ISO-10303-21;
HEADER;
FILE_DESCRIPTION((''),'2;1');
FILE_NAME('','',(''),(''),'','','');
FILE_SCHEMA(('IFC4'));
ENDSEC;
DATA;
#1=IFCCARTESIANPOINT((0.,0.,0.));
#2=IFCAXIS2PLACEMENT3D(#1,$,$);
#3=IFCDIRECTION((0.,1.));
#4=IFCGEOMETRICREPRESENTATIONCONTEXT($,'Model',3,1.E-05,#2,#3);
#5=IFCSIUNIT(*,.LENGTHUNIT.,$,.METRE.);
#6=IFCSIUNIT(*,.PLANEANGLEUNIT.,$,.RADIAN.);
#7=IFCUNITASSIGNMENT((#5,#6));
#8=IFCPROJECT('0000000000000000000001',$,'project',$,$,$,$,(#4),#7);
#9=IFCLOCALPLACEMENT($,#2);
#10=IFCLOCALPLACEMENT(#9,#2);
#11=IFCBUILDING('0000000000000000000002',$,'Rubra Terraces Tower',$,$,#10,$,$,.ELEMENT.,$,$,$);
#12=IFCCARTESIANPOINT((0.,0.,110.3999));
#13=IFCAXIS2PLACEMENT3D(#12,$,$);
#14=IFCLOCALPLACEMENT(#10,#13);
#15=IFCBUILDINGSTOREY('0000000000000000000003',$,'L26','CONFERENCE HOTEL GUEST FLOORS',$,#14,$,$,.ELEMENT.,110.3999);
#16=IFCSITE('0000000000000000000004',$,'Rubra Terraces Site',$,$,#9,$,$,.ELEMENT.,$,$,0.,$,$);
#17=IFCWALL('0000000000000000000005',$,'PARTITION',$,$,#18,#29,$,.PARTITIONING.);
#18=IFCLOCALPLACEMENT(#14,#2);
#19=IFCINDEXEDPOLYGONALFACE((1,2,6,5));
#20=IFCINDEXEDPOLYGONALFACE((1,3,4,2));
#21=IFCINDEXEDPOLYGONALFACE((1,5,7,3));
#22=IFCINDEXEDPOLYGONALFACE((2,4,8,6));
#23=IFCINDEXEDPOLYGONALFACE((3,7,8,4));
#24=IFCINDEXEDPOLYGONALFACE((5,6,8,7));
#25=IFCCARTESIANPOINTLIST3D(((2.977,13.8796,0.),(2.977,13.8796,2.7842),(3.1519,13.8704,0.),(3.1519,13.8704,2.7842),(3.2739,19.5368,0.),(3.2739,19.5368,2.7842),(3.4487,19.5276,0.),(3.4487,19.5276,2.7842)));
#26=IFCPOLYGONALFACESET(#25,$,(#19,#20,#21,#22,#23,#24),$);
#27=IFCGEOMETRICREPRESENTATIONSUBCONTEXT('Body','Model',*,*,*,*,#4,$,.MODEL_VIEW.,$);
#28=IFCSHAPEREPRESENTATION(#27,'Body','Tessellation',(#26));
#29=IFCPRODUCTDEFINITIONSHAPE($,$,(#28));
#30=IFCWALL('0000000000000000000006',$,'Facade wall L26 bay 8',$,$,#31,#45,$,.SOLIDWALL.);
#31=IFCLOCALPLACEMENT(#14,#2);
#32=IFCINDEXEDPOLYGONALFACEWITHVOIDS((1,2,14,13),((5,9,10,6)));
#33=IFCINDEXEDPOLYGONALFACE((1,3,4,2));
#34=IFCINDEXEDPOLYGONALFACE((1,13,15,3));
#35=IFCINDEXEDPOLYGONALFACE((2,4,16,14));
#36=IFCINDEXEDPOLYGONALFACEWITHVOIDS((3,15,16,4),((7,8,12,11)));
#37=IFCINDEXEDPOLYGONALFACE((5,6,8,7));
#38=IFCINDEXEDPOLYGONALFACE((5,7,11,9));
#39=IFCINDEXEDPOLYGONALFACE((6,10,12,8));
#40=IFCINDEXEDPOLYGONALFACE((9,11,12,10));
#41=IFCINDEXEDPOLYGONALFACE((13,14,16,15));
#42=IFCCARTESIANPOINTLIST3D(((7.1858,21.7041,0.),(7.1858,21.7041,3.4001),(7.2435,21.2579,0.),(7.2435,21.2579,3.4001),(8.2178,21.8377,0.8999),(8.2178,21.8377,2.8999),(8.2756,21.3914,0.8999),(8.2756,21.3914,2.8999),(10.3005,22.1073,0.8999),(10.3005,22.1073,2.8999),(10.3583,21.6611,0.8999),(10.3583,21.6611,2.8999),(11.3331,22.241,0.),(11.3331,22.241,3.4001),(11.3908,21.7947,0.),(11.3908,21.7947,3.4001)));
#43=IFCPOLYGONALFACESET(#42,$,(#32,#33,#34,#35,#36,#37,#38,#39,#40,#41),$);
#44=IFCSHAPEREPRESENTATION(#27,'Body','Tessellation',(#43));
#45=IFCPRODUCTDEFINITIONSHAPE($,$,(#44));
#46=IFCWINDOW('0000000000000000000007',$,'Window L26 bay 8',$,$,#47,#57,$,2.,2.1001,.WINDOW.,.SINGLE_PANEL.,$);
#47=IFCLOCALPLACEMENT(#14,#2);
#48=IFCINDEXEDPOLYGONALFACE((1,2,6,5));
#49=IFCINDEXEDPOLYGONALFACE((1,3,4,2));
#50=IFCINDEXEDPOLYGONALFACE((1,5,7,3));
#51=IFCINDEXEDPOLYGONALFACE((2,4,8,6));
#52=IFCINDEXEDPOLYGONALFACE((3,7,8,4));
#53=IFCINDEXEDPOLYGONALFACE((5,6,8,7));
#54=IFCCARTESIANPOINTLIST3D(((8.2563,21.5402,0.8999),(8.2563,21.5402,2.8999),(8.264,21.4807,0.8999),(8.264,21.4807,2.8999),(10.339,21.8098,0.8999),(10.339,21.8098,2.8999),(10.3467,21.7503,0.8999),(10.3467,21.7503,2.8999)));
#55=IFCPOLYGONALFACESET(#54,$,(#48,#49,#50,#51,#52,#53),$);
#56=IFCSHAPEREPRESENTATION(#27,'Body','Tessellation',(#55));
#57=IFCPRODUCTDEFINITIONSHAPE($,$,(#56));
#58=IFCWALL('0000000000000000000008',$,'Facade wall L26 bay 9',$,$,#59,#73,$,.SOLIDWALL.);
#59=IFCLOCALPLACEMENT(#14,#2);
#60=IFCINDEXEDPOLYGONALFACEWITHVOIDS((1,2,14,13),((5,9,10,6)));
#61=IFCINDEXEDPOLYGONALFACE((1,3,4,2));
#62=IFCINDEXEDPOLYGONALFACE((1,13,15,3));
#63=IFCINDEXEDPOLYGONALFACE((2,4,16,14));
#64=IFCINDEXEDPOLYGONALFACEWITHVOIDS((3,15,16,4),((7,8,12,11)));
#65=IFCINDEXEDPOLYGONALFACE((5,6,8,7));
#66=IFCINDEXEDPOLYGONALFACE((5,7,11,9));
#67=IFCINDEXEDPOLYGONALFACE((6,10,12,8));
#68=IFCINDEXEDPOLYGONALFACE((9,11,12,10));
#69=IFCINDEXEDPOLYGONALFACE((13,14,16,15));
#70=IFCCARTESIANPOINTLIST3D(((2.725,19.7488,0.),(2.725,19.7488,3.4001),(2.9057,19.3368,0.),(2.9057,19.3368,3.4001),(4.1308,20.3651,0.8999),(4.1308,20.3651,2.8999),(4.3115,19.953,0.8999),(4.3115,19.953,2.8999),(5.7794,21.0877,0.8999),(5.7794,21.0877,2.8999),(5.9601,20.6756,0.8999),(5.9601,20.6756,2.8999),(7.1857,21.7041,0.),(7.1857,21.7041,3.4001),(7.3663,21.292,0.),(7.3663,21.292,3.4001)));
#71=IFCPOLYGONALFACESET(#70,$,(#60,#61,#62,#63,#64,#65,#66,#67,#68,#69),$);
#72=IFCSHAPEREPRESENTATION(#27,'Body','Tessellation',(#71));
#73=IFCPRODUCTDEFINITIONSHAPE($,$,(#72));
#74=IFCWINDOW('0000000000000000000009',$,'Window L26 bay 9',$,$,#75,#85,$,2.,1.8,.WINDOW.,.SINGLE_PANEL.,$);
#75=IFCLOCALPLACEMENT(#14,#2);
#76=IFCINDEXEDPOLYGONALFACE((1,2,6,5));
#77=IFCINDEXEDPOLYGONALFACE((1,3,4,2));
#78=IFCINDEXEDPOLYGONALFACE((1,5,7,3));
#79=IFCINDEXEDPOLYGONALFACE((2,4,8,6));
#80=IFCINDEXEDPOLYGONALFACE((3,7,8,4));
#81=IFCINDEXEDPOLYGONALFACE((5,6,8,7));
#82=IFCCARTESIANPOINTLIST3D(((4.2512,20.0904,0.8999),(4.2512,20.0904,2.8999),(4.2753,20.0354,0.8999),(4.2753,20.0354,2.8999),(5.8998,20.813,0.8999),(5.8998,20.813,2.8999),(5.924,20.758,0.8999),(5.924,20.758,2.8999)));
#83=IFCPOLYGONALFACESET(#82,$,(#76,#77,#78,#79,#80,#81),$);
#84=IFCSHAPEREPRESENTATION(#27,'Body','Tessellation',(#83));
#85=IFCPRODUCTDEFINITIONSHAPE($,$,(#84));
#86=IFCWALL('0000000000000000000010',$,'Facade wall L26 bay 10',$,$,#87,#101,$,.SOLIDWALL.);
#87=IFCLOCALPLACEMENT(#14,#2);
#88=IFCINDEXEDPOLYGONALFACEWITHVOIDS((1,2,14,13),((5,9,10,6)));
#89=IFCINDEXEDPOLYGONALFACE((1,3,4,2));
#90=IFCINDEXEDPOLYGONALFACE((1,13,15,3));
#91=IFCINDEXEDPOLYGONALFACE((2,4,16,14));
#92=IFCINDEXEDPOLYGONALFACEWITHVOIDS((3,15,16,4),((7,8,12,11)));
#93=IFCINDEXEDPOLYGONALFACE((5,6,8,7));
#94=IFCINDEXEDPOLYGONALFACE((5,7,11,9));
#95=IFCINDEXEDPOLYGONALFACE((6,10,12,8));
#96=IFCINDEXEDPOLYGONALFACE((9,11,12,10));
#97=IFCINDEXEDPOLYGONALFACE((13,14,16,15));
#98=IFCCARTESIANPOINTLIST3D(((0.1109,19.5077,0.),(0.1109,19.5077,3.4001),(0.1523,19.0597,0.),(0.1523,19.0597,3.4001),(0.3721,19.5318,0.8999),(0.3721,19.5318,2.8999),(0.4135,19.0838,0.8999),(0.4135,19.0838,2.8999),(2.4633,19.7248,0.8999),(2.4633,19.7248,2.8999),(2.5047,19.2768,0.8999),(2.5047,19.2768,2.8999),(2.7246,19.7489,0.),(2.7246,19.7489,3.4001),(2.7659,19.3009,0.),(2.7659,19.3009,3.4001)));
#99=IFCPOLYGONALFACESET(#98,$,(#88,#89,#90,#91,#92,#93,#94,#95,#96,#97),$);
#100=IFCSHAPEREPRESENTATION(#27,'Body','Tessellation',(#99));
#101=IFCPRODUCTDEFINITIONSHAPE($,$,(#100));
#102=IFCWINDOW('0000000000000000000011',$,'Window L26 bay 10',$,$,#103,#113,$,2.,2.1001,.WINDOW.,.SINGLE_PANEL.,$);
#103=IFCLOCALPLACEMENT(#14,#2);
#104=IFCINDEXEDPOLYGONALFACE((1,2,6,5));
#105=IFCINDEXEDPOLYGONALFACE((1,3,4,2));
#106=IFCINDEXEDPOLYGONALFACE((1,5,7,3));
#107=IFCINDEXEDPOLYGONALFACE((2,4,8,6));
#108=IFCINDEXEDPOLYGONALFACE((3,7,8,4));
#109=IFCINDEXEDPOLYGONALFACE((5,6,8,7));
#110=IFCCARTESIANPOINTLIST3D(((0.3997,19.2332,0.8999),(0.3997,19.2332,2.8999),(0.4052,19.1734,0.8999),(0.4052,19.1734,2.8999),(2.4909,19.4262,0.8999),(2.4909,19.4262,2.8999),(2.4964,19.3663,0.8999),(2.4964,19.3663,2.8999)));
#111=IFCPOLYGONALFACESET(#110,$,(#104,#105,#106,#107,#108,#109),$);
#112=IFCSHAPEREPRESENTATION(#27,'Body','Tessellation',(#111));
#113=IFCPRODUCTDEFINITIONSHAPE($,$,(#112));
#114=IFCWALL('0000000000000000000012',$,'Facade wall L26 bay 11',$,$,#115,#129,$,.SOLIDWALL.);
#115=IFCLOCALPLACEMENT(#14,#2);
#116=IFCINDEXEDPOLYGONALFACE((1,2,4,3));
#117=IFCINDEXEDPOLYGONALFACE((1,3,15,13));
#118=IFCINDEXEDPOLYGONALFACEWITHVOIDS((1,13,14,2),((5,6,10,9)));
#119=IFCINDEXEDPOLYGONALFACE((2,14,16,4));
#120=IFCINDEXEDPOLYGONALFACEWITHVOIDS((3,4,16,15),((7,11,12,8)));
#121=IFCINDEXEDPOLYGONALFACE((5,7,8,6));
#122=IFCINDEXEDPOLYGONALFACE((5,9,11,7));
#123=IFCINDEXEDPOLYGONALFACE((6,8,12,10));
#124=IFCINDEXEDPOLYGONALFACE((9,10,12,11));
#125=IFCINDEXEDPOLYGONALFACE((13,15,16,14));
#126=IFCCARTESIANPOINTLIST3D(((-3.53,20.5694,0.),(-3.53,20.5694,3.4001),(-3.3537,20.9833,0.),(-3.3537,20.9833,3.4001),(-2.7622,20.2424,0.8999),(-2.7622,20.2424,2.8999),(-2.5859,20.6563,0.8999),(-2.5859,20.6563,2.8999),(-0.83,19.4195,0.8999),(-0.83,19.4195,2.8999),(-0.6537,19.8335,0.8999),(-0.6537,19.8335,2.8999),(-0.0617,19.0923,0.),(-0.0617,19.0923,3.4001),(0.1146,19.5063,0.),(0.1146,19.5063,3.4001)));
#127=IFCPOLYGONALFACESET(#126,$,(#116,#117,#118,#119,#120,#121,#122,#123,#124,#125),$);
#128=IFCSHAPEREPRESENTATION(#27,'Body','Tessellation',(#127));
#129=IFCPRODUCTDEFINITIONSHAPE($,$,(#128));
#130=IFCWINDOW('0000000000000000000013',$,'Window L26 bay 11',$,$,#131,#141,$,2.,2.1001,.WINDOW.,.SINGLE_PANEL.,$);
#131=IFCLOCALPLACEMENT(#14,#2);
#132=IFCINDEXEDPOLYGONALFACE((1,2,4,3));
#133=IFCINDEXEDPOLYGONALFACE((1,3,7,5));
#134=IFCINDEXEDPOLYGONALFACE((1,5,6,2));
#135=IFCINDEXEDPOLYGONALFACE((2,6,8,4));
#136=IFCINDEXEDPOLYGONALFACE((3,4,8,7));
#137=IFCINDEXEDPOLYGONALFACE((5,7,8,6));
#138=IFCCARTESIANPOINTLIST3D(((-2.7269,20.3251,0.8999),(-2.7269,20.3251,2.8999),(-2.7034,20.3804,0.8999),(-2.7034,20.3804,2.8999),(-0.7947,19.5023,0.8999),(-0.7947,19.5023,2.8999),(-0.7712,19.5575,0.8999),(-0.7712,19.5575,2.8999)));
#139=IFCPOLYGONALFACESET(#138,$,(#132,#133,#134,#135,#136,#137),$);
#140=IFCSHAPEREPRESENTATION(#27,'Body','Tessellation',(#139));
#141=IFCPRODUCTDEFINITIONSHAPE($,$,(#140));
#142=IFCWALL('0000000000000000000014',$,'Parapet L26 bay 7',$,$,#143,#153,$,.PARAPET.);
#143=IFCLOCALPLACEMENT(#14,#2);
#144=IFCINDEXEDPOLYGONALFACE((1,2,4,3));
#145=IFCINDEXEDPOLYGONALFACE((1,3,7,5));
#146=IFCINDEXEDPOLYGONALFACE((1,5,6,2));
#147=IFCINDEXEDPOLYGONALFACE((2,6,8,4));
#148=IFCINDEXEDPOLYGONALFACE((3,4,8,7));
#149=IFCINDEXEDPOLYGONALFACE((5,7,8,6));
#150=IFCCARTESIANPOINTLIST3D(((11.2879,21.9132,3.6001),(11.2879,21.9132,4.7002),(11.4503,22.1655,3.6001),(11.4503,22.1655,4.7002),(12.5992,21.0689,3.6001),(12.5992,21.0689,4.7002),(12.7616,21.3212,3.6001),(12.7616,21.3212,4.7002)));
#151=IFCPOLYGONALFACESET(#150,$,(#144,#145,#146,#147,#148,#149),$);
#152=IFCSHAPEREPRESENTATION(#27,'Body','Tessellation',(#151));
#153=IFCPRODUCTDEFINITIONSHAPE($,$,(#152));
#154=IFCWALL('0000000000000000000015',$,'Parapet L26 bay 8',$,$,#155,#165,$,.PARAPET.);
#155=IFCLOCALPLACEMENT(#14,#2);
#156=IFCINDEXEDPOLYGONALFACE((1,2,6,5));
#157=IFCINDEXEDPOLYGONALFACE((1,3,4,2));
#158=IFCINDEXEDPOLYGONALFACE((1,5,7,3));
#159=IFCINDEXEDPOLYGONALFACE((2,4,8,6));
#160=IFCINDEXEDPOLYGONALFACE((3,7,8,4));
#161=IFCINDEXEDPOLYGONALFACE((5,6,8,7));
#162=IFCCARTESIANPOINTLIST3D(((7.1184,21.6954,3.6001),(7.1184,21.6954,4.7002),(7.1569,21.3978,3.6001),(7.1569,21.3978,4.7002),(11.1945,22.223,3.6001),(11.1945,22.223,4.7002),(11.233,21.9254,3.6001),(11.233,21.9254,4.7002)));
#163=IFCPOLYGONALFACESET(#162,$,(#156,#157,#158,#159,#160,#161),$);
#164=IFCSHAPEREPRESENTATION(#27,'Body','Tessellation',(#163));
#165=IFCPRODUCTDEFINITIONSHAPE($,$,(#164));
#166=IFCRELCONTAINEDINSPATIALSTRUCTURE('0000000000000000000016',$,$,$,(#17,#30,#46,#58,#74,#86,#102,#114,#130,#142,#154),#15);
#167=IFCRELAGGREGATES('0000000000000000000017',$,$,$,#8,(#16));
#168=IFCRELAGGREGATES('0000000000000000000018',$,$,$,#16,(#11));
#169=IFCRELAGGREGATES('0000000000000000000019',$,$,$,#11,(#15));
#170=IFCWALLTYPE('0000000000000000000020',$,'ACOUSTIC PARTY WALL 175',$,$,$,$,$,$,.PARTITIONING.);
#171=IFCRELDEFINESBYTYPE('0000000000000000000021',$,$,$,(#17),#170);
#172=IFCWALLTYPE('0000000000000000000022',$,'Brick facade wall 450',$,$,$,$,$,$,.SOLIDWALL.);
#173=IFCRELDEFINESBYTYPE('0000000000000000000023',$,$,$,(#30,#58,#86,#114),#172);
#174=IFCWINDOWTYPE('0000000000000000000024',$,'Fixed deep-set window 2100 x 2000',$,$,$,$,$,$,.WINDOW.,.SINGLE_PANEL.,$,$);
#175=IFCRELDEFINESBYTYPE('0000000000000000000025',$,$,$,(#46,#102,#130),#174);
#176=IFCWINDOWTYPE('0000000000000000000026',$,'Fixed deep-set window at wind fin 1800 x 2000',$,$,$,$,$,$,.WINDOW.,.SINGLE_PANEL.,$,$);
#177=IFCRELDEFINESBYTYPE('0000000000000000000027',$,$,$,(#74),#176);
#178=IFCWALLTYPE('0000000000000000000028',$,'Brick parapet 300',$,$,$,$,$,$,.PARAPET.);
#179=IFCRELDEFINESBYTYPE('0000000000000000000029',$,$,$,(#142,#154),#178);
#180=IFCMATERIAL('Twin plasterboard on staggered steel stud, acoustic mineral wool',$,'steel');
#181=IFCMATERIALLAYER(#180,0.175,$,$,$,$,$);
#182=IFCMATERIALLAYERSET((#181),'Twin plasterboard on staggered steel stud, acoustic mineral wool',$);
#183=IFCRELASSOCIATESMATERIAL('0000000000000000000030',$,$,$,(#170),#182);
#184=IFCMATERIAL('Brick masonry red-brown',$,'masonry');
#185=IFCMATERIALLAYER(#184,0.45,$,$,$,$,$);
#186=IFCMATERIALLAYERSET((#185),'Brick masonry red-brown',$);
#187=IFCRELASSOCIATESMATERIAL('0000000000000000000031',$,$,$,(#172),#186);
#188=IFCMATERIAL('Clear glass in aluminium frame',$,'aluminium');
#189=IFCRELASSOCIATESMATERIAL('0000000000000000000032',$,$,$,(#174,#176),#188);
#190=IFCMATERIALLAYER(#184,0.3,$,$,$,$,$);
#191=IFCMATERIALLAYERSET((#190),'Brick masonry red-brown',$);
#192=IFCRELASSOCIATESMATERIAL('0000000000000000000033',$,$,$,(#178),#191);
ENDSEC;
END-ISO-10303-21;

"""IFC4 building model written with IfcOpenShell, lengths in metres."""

from ifc_helpers import new_model, si_unit, direction, frame, frame_2d, origin, place, context, subcontext, project, spatial, rectangle, extrude, material, layer, layer_set, type_object, element, fill, save


model = new_model("IFC4")

# Units and contexts
model_context = context("Model", 3, precision=1e-05, world=origin(), true_north=direction((0.0, 1.0)))
body_context = subcontext(model_context, "Body", "Model", "MODEL_VIEW")
ifc_project = project(units=[si_unit("LENGTHUNIT", "METRE"), si_unit("PLANEANGLEUNIT", "RADIAN")], contexts=[model_context])

# Site, building, storey
site_placement = place(None, origin())
site = spatial("IfcSite", under=ifc_project, at=site_placement, Name="Rubra Terraces Site", CompositionType="ELEMENT", RefElevation=0.0)
building_placement = place(site_placement, origin())
building = spatial("IfcBuilding", under=site, at=building_placement, Name="Rubra Terraces Tower", CompositionType="ELEMENT")
storey_placement = place(building_placement, frame((0.0, 0.0, 110.3999)))
storey = spatial("IfcBuildingStorey", under=building, at=storey_placement, Name="L26", Description="CONFERENCE HOTEL GUEST FLOORS", CompositionType="ELEMENT", Elevation=110.3999)

# Wall
ifc_material_1 = material(Name="Twin plasterboard on staggered steel stud, acoustic mineral wool", Category="steel")
ifc_layer_1 = layer(ifc_material_1, 0.175)
ifc_layer_set_1 = layer_set([ifc_layer_1], Name="Twin plasterboard on staggered steel stud, acoustic mineral wool")
wall_type_1 = type_object("IfcWallType", Name="ACOUSTIC PARTY WALL 175", PredefinedType="PARTITIONING", material=ifc_layer_set_1)
wall_1_placement = place(storey_placement, frame((3.3613, 19.5322, 0.0), z_axis=(0.0, 0.0, 1.0), x_axis=(-0.052405, -0.998626, 0.0)))
element("IfcWall", 1, at=wall_1_placement, inside=storey, type_object=wall_type_1, Name="PARTITION", PredefinedType="PARTITIONING", context=body_context, shape_type="SweptSolid", body=[
    extrude(rectangle(XDim=5.665, YDim=0.175, at=frame_2d((2.8325, 0.0))), origin(), (0.0, 0.0, 1.0), 2.7842),
])

# Walls, openings, windows
ifc_material_2 = material(Name="Brick masonry red-brown", Category="masonry")
ifc_layer_2 = layer(ifc_material_2, 0.45)
ifc_layer_set_2 = layer_set([ifc_layer_2], Name="Brick masonry red-brown")
wall_type_2 = type_object("IfcWallType", Name="Brick facade wall 450", PredefinedType="SOLIDWALL", material=ifc_layer_set_2)
wall_2_placement = place(storey_placement, frame((11.3618, 22.0178, 0.0), z_axis=(0.0, 0.0, 1.0), x_axis=(-0.991725, -0.128381, 0.0)))
wall_2 = element("IfcWall", 2, at=wall_2_placement, inside=storey, type_object=wall_type_2, Name="Facade wall L26 bay 8", PredefinedType="SOLIDWALL", context=body_context, shape_type="SweptSolid", body=[
    extrude(rectangle(XDim=4.1819, YDim=0.45, at=frame_2d((2.0908, 0.0))), origin(), (0.0, 0.0, 1.0), 3.4001),
])
opening_1_placement = place(wall_2_placement, frame((1.041, 0.0, 0.8999)))
opening_1 = element("IfcOpeningElement", 3, at=opening_1_placement, cuts=wall_2, PredefinedType="OPENING", context=body_context, shape_type="SweptSolid", body=[
    extrude(rectangle(XDim=2.1001, YDim=2.0, at=frame_2d((1.05, 1.0))), frame((0.0, 0.2349, 0.0), z_axis=(0.0, -1.0, 0.0), x_axis=(1.0, 0.0, 0.0)), (0.0, 0.0, 1.0), 0.47),
])
ifc_material_3 = material(Name="Clear glass in aluminium frame", Category="aluminium")
window_type_1 = type_object("IfcWindowType", Name="Fixed deep-set window 2100 x 2000", PartitioningType="SINGLE_PANEL", PredefinedType="WINDOW", material=ifc_material_3)
window_1_placement = place(opening_1_placement, origin())
window_1 = element("IfcWindow", 4, at=window_1_placement, inside=storey, type_object=window_type_1, Name="Window L26 bay 8", OverallHeight=2.0, OverallWidth=2.1001, PartitioningType="SINGLE_PANEL", PredefinedType="WINDOW", context=body_context, shape_type="SweptSolid", body=[
    extrude(rectangle(XDim=2.1001, YDim=2.0, at=frame_2d((1.05, 1.0))), frame((0.0, 0.135, 0.0), z_axis=(0.0, -1.0, 0.0), x_axis=(1.0, 0.0, 0.0)), (0.0, 0.0, 1.0), 0.0601),
])
fill(opening_1, window_1)
wall_3_placement = place(storey_placement, frame((7.2759, 21.498, 0.0), z_axis=(0.0, 0.0, 1.0), x_axis=(-0.915873, -0.401468, 0.0)))
wall_3 = element("IfcWall", 5, at=wall_3_placement, inside=storey, type_object=wall_type_2, Name="Facade wall L26 bay 9", PredefinedType="SOLIDWALL", context=body_context, shape_type="SweptSolid", body=[
    extrude(rectangle(XDim=4.8704, YDim=0.45, at=frame_2d((2.4351, 0.0))), origin(), (0.0, 0.0, 1.0), 3.4001),
])
opening_2_placement = place(wall_3_placement, frame((1.5354, 0.0, 0.8999)))
opening_2 = element("IfcOpeningElement", 6, at=opening_2_placement, cuts=wall_3, PredefinedType="OPENING", context=body_context, shape_type="SweptSolid", body=[
    extrude(rectangle(XDim=1.8, YDim=2.0, at=frame_2d((0.8999, 1.0))), frame((0.0, 0.2349, 0.0), z_axis=(0.0, -1.0, 0.0), x_axis=(1.0, 0.0, 0.0)), (0.0, 0.0, 1.0), 0.47),
])
window_type_2 = type_object("IfcWindowType", Name="Fixed deep-set window at wind fin 1800 x 2000", PartitioningType="SINGLE_PANEL", PredefinedType="WINDOW", material=ifc_material_3)
window_2_placement = place(opening_2_placement, origin())
window_2 = element("IfcWindow", 7, at=window_2_placement, inside=storey, type_object=window_type_2, Name="Window L26 bay 9", OverallHeight=2.0, OverallWidth=1.8, PartitioningType="SINGLE_PANEL", PredefinedType="WINDOW", context=body_context, shape_type="SweptSolid", body=[
    extrude(rectangle(XDim=1.8, YDim=2.0, at=frame_2d((0.8999, 1.0))), frame((0.0, 0.135, 0.0), z_axis=(0.0, -1.0, 0.0), x_axis=(1.0, 0.0, 0.0)), (0.0, 0.0, 1.0), 0.0601),
])
fill(opening_2, window_2)
wall_4_placement = place(storey_placement, frame((2.7454, 19.5249, 0.0), z_axis=(0.0, 0.0, 1.0), x_axis=(-0.995769, -0.091894, 0.0)))
wall_4 = element("IfcWall", 8, at=wall_4_placement, inside=storey, type_object=wall_type_2, Name="Facade wall L26 bay 10", PredefinedType="SOLIDWALL", context=body_context, shape_type="SweptSolid", body=[
    extrude(rectangle(XDim=2.6248, YDim=0.45, at=frame_2d((1.3125, 0.0))), origin(), (0.0, 0.0, 1.0), 3.4001),
])
opening_3_placement = place(wall_4_placement, frame((0.2625, 0.0, 0.8999)))
opening_3 = element("IfcOpeningElement", 9, at=opening_3_placement, cuts=wall_4, PredefinedType="OPENING", context=body_context, shape_type="SweptSolid", body=[
    extrude(rectangle(XDim=2.1001, YDim=2.0, at=frame_2d((1.05, 1.0))), frame((0.0, 0.2349, 0.0), z_axis=(0.0, -1.0, 0.0), x_axis=(1.0, 0.0, 0.0)), (0.0, 0.0, 1.0), 0.47),
])
window_3_placement = place(opening_3_placement, origin())
window_3 = element("IfcWindow", 10, at=window_3_placement, inside=storey, type_object=window_type_1, Name="Window L26 bay 10", OverallHeight=2.0, OverallWidth=2.1001, PartitioningType="SINGLE_PANEL", PredefinedType="WINDOW", context=body_context, shape_type="SweptSolid", body=[
    extrude(rectangle(XDim=2.1001, YDim=2.0, at=frame_2d((1.05, 1.0))), frame((0.0, 0.135, 0.0), z_axis=(0.0, -1.0, 0.0), x_axis=(1.0, 0.0, 0.0)), (0.0, 0.0, 1.0), 0.0601),
])
fill(opening_3, window_3)
wall_5_placement = place(storey_placement, frame((0.0264, 19.2993, 0.0), z_axis=(0.0, 0.0, 1.0), x_axis=(-0.92004, 0.391823, 0.0)))
wall_5 = element("IfcWall", 11, at=wall_5_placement, inside=storey, type_object=wall_type_2, Name="Facade wall L26 bay 11", PredefinedType="SOLIDWALL", context=body_context, shape_type="SweptSolid", body=[
    extrude(rectangle(XDim=3.7698, YDim=0.45, at=frame_2d((1.8848, 0.0))), origin(), (0.0, 0.0, 1.0), 3.4001),
])
opening_4_placement = place(wall_5_placement, frame((0.835, 0.0, 0.8999)))
opening_4 = element("IfcOpeningElement", 12, at=opening_4_placement, cuts=wall_5, PredefinedType="OPENING", context=body_context, shape_type="SweptSolid", body=[
    extrude(rectangle(XDim=2.1001, YDim=2.0, at=frame_2d((1.05, 1.0))), frame((0.0, 0.2349, 0.0), z_axis=(0.0, -1.0, 0.0), x_axis=(1.0, 0.0, 0.0)), (0.0, 0.0, 1.0), 0.47),
])
window_4_placement = place(opening_4_placement, origin())
window_4 = element("IfcWindow", 13, at=window_4_placement, inside=storey, type_object=window_type_1, Name="Window L26 bay 11", OverallHeight=2.0, OverallWidth=2.1001, PartitioningType="SINGLE_PANEL", PredefinedType="WINDOW", context=body_context, shape_type="SweptSolid", body=[
    extrude(rectangle(XDim=2.1001, YDim=2.0, at=frame_2d((1.05, 1.0))), frame((0.0, 0.135, 0.0), z_axis=(0.0, -1.0, 0.0), x_axis=(1.0, 0.0, 0.0)), (0.0, 0.0, 1.0), 0.0601),
])
fill(opening_4, window_4)

# Walls
ifc_layer_3 = layer(ifc_material_2, 0.3)
ifc_layer_set_3 = layer_set([ifc_layer_3], Name="Brick masonry red-brown")
wall_type_3 = type_object("IfcWallType", Name="Brick parapet 300", PredefinedType="PARAPET", material=ifc_layer_set_3)
wall_6_placement = place(storey_placement, frame((12.6804, 21.1951, 3.6001), z_axis=(0.0, 0.0, 1.0), x_axis=(-0.840807, 0.541335, 0.0)))
element("IfcWall", 14, at=wall_6_placement, inside=storey, type_object=wall_type_3, Name="Parapet L26 bay 7", PredefinedType="PARAPET", context=body_context, shape_type="SweptSolid", body=[
    extrude(rectangle(XDim=1.5596, YDim=0.3, at=frame_2d((0.7798, 0.0))), origin(), (0.0, 0.0, 1.0), 1.1001),
])
wall_7_placement = place(storey_placement, frame((11.2139, 22.0742, 3.6001), z_axis=(0.0, 0.0, 1.0), x_axis=(-0.991727, -0.128361, 0.0)))
element("IfcWall", 15, at=wall_7_placement, inside=storey, type_object=wall_type_3, Name="Parapet L26 bay 8", PredefinedType="PARAPET", context=body_context, shape_type="SweptSolid", body=[
    extrude(rectangle(XDim=4.1101, YDim=0.3, at=frame_2d((2.0552, 0.0))), origin(), (0.0, 0.0, 1.0), 1.1001),
])

save(model, "model.ifc")
